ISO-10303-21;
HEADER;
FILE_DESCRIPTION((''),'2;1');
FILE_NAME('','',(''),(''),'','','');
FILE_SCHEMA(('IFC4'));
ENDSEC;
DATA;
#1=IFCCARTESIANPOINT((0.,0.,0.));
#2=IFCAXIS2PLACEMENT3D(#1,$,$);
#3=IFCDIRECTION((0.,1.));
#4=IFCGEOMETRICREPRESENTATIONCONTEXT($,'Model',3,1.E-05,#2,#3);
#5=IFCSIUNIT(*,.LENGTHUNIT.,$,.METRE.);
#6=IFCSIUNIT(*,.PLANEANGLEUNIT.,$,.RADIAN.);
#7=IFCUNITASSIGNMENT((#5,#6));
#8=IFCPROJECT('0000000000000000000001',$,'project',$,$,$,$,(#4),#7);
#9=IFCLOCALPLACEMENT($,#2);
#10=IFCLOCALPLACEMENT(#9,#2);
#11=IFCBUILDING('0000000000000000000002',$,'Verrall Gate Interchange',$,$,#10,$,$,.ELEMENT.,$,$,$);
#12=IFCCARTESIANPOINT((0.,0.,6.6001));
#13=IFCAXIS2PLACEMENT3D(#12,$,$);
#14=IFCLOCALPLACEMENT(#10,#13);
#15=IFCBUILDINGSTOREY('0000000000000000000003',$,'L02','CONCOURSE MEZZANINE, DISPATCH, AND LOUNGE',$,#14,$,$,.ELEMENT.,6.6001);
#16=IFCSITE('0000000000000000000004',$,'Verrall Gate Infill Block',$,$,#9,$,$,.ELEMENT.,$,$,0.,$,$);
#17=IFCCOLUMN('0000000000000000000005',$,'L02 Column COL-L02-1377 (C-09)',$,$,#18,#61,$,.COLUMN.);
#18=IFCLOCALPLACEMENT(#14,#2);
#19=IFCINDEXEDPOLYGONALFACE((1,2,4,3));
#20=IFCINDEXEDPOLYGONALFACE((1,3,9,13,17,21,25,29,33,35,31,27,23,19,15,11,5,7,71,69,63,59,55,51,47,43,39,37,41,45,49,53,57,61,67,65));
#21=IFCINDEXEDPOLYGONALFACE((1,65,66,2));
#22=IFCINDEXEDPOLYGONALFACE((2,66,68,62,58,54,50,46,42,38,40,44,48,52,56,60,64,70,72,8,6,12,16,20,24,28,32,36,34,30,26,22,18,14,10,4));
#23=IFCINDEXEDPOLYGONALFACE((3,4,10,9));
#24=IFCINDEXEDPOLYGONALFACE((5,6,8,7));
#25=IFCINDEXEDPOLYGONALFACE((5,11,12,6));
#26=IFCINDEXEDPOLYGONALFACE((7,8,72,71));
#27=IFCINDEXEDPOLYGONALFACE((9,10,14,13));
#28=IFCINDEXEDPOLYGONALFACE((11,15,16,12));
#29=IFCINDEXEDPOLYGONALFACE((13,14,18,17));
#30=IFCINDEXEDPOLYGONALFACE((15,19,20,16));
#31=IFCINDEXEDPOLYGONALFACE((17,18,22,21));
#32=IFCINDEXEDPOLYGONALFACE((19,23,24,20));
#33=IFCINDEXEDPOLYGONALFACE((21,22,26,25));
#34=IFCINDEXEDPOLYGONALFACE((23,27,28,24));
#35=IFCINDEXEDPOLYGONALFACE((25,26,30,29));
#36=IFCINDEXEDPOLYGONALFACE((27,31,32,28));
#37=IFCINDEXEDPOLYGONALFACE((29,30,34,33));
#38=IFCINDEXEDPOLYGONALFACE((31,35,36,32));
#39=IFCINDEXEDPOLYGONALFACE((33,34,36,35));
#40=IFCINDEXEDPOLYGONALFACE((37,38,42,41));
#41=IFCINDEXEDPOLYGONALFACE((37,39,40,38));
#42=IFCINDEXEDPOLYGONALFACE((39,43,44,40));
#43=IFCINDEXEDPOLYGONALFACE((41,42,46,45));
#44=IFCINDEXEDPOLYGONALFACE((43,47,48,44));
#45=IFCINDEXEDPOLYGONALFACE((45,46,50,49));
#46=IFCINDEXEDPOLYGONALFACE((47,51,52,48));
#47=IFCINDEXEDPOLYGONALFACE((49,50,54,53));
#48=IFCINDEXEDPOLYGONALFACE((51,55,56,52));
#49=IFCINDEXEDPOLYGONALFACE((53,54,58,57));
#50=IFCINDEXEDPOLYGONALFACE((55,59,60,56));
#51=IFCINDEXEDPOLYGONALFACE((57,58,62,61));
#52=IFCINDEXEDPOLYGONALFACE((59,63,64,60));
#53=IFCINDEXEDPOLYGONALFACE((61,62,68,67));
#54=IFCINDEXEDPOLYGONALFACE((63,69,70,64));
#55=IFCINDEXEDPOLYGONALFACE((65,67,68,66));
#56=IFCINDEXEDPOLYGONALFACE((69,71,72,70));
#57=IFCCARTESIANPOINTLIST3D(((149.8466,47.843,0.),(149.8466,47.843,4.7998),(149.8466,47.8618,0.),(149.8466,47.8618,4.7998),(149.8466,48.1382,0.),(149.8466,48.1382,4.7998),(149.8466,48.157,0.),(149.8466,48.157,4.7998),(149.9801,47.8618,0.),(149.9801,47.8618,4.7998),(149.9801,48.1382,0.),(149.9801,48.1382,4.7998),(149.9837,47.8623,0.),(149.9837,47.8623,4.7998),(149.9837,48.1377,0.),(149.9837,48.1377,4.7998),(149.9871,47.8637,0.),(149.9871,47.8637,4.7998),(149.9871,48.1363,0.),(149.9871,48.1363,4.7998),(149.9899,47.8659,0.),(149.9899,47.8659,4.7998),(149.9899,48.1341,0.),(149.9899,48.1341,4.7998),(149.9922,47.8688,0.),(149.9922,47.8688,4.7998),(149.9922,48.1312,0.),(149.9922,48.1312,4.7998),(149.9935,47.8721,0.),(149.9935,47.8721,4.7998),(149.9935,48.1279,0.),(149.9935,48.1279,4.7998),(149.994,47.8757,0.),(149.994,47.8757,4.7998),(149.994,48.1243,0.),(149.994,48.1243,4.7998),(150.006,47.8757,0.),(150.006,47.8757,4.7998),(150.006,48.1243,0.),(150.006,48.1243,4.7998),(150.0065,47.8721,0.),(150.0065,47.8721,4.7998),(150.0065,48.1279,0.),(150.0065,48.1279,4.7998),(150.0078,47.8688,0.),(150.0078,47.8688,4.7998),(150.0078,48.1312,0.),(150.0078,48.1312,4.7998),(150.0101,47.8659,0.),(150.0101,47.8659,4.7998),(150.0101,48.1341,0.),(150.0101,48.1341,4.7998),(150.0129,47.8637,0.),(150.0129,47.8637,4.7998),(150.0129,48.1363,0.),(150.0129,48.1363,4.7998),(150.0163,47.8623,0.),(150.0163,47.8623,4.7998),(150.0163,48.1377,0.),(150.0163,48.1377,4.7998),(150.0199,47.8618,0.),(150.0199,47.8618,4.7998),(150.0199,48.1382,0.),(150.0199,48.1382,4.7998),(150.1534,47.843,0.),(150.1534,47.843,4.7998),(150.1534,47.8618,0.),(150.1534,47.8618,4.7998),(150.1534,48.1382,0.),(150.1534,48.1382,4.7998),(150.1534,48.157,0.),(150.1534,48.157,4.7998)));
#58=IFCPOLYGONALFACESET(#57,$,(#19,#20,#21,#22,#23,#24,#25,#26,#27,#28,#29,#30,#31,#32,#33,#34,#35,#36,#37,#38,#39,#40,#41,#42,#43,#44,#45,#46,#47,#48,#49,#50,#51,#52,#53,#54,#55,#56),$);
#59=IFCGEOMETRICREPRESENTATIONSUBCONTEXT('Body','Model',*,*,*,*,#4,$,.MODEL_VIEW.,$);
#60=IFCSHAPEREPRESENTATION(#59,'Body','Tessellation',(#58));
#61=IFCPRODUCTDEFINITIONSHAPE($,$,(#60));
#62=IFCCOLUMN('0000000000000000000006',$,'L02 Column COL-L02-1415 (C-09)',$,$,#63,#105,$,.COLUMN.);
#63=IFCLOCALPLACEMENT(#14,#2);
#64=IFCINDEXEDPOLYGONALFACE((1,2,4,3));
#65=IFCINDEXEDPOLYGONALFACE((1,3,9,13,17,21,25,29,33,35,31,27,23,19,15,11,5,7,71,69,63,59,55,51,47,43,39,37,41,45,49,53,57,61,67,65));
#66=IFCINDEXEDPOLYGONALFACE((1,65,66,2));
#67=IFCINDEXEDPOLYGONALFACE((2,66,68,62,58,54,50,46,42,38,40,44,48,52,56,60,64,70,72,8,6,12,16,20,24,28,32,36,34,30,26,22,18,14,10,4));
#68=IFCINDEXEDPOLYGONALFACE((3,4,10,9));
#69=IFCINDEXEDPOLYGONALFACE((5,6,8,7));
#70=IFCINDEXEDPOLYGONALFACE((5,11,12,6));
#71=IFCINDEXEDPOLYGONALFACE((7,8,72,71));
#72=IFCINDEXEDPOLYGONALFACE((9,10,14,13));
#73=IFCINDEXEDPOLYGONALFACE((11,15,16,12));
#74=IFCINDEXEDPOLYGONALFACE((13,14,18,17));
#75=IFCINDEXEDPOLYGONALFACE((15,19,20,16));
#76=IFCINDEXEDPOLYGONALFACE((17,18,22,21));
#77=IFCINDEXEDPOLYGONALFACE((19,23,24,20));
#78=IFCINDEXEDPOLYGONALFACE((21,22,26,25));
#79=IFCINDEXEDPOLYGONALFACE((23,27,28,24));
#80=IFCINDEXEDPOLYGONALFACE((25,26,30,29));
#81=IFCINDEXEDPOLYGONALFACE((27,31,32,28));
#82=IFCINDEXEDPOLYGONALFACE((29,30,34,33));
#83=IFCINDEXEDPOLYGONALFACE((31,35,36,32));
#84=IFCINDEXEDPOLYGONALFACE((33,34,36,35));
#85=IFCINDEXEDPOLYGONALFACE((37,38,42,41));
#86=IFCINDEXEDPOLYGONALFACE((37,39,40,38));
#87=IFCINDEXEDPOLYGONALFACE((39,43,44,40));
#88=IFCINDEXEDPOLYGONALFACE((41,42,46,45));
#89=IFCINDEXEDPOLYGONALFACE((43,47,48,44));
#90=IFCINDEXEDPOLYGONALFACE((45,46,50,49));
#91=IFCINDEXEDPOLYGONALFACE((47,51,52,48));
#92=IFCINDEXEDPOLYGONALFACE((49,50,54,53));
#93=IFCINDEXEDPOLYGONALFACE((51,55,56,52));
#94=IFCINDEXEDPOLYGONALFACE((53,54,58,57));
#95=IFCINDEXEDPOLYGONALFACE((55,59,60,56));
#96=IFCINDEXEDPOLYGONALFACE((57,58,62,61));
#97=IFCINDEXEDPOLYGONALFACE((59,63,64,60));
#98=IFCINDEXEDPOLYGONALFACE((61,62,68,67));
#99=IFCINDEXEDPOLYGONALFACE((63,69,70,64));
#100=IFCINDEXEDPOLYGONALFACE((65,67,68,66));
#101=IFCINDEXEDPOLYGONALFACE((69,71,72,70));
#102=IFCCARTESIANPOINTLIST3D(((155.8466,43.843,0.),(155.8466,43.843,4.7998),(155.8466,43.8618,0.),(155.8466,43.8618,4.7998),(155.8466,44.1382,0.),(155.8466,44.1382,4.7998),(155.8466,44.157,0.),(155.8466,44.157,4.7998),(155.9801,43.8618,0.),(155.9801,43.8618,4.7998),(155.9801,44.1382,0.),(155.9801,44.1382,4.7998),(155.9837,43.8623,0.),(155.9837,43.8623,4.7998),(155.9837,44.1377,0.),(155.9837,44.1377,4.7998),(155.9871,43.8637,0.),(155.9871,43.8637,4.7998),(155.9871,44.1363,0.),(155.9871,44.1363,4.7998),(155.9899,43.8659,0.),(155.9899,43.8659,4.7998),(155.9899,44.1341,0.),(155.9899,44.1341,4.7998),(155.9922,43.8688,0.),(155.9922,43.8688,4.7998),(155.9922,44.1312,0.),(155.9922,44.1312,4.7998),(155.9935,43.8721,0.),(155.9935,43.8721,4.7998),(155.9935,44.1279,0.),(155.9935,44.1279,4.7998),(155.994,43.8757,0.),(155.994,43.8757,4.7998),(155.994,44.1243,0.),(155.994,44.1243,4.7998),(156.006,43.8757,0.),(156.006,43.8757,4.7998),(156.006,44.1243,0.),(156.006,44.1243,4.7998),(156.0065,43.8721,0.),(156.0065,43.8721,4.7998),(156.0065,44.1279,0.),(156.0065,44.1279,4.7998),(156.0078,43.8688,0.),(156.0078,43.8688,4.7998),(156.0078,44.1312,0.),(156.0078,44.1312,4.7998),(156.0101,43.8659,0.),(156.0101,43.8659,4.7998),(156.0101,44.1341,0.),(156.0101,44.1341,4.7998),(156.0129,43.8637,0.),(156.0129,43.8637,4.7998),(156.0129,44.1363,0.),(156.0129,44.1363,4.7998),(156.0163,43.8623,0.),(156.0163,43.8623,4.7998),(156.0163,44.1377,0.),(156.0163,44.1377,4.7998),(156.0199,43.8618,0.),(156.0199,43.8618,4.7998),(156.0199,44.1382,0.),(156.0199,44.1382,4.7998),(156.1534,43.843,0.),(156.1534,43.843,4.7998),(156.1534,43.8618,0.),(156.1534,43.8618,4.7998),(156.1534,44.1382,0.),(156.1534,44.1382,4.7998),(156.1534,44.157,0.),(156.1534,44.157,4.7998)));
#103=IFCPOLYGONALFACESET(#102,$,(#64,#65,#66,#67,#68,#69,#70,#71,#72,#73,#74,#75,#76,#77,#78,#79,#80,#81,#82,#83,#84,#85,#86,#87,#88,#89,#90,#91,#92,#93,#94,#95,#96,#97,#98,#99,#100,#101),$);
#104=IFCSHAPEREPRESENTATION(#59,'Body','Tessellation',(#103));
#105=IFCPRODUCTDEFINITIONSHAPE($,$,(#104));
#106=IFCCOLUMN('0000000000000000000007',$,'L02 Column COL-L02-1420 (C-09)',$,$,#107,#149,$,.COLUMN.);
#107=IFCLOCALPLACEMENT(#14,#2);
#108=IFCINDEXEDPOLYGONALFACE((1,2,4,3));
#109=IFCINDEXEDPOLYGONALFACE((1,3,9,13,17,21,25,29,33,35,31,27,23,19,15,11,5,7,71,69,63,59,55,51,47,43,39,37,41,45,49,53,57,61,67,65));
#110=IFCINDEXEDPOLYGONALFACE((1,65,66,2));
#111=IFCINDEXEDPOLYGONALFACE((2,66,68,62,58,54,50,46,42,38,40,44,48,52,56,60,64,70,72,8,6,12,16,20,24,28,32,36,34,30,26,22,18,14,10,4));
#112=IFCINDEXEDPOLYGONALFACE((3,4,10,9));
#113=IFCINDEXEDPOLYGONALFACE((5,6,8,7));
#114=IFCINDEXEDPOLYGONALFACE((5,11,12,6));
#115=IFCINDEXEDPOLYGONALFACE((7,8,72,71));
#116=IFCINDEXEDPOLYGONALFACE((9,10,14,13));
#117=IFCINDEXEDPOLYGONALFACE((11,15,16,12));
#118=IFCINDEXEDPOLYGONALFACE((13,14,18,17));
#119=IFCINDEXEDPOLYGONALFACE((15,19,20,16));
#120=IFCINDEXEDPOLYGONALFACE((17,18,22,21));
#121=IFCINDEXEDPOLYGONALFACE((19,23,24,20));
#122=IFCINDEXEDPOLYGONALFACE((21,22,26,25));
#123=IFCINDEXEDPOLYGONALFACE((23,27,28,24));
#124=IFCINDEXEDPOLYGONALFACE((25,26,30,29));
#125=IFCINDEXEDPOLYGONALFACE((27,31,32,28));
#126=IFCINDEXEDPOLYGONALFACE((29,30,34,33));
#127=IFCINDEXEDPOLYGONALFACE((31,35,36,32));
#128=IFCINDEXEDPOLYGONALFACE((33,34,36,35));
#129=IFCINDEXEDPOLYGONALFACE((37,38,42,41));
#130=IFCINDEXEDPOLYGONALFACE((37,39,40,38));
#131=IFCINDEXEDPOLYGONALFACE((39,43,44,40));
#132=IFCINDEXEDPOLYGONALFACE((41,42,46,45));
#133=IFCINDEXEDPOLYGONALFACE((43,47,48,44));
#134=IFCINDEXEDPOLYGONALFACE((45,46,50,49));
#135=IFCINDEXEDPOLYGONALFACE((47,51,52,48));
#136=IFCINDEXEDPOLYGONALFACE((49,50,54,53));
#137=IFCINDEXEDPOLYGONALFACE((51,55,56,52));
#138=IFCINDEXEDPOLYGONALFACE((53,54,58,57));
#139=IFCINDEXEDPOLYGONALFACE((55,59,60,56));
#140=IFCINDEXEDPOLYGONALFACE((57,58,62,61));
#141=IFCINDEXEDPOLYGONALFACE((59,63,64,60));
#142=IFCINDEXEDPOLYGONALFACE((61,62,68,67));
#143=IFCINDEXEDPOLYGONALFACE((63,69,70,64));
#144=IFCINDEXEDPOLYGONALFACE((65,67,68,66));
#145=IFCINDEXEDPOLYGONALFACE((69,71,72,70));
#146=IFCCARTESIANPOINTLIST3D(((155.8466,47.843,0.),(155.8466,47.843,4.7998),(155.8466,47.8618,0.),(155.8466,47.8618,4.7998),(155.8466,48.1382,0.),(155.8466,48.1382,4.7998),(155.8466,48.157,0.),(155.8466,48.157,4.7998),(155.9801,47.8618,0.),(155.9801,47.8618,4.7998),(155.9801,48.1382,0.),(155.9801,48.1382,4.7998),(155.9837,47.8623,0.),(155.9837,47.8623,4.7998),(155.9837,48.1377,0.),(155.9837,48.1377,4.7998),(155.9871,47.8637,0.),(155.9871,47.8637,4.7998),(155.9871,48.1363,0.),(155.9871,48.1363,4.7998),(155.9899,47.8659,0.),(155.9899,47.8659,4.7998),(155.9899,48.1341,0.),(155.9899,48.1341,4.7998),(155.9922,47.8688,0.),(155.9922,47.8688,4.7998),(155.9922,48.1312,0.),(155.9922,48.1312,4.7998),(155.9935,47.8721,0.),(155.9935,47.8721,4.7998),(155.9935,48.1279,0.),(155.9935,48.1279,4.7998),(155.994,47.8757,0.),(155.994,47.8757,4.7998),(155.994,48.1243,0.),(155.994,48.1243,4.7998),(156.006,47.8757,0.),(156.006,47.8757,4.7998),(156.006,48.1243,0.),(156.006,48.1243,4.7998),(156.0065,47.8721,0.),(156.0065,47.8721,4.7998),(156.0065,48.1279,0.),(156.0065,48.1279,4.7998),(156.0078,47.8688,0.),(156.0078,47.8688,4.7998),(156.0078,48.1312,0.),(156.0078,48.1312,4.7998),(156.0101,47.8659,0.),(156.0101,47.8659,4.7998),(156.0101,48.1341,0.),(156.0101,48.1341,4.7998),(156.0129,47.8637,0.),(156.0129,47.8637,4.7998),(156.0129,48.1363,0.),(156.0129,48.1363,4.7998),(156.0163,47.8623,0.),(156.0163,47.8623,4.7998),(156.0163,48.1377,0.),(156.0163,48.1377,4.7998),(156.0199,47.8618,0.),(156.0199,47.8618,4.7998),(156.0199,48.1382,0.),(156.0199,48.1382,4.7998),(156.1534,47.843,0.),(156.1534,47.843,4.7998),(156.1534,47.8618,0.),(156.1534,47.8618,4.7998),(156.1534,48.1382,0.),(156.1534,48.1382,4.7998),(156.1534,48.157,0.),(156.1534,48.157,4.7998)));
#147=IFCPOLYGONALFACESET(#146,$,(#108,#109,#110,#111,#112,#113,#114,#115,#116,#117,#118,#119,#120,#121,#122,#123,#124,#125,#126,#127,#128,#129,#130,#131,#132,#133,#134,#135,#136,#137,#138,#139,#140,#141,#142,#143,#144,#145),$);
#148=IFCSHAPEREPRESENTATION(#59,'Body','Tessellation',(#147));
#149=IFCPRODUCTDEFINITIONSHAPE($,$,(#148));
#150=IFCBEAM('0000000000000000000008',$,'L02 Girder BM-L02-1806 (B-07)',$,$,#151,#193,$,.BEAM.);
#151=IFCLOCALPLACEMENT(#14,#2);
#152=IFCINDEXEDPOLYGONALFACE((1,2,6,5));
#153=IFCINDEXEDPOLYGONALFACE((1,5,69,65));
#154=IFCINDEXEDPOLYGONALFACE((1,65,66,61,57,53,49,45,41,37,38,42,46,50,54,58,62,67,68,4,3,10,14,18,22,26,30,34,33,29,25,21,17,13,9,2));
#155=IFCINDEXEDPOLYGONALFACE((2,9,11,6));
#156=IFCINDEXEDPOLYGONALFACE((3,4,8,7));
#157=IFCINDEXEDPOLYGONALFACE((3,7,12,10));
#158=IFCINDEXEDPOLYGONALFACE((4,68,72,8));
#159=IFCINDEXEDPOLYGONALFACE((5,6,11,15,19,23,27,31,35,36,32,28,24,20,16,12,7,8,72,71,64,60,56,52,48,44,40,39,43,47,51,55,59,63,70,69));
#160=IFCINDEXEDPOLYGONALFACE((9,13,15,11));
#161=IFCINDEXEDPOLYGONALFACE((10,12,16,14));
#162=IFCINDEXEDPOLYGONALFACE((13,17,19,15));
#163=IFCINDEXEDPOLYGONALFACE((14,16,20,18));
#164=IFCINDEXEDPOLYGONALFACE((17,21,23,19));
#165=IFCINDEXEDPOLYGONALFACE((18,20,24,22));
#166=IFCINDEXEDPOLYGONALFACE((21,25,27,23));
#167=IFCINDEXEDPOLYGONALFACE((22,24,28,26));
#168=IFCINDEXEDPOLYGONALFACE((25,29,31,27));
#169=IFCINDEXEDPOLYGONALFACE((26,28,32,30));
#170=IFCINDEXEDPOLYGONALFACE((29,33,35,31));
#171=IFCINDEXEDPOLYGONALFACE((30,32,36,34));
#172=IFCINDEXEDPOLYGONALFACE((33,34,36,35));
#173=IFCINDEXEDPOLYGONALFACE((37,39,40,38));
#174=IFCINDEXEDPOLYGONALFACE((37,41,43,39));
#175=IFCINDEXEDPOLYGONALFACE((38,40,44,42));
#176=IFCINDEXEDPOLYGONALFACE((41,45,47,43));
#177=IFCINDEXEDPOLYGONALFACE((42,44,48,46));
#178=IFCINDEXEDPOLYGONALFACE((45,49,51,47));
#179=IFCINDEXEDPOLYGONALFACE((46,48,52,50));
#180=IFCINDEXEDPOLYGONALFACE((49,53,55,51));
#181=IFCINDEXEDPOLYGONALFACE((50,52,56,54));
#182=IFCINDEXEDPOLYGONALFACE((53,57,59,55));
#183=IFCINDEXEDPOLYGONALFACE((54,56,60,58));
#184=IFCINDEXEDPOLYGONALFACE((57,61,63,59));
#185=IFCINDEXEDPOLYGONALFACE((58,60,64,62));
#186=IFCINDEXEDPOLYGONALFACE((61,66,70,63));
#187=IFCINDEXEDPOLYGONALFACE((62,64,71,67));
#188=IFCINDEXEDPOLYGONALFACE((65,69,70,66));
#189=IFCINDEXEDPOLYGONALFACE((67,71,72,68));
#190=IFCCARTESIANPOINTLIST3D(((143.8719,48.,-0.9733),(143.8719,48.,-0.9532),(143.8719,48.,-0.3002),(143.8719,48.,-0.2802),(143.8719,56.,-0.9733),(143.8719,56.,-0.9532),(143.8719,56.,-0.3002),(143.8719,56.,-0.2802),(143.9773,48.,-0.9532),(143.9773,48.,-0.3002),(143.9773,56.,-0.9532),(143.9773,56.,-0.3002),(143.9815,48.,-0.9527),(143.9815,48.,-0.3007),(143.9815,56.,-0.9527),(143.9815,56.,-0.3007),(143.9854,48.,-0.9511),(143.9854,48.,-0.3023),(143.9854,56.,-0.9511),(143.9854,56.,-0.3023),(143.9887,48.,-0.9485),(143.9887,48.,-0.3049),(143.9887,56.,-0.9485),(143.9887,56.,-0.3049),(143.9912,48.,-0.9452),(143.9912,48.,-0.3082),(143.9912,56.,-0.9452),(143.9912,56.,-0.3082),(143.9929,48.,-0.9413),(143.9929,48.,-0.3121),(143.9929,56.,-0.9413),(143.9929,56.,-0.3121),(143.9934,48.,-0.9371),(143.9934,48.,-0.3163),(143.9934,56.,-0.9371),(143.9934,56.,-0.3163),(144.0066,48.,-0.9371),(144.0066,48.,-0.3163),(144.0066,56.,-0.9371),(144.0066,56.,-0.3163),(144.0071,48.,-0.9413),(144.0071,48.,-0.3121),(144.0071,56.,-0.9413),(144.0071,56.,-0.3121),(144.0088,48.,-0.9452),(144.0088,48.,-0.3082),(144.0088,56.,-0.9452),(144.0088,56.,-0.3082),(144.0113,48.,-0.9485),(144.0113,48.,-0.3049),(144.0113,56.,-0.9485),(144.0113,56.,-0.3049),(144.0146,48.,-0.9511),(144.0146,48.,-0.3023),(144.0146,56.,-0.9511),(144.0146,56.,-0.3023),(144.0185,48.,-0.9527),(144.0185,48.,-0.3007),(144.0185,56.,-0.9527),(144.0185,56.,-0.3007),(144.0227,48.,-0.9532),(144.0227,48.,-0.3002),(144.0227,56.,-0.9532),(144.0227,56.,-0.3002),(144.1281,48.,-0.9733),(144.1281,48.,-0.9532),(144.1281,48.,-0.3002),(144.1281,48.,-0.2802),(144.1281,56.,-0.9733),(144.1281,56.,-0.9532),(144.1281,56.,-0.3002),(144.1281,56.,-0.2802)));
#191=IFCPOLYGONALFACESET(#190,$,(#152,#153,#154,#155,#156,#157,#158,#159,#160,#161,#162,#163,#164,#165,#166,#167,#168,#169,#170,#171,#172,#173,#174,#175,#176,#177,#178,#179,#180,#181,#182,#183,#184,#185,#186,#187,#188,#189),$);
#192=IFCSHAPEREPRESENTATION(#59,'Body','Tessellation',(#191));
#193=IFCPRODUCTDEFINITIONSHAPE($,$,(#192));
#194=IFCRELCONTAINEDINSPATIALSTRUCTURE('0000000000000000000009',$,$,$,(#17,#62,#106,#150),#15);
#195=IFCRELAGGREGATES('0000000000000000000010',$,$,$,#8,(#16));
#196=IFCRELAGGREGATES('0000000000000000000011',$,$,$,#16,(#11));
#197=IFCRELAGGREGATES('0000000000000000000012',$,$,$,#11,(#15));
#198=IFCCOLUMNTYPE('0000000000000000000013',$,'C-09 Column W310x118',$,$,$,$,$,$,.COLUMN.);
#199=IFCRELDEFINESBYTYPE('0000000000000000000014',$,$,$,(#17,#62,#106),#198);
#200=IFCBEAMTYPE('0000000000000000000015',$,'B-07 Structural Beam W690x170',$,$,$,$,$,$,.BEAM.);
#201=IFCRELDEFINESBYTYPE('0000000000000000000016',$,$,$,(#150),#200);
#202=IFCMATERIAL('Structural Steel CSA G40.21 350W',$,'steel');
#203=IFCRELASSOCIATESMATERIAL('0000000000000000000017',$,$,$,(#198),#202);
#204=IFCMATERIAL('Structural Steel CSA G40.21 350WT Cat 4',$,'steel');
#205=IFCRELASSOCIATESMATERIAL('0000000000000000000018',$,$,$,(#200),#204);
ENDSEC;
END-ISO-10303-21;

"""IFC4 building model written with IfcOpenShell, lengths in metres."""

from ifc_helpers import new_model, si_unit, direction, frame, origin, origin_2d, place, context, subcontext, project, spatial, i_section, extrude, material, material_profile, profile_set, type_object, element, save


model = new_model("IFC4")

# Units and contexts
model_context = context("Model", 3, precision=1e-05, world=origin(), true_north=direction((0.0, 1.0)))
body_context = subcontext(model_context, "Body", "Model", "MODEL_VIEW")
ifc_project = project(units=[si_unit("LENGTHUNIT", "METRE"), si_unit("PLANEANGLEUNIT", "RADIAN")], contexts=[model_context])

# Site, building, storey
site_placement = place(None, origin())
site = spatial("IfcSite", under=ifc_project, at=site_placement, Name="Verrall Gate Infill Block", CompositionType="ELEMENT", RefElevation=0.0)
building_placement = place(site_placement, origin())
building = spatial("IfcBuilding", under=site, at=building_placement, Name="Verrall Gate Interchange", CompositionType="ELEMENT")
storey_placement = place(building_placement, frame((0.0, 0.0, 6.6001)))
storey = spatial("IfcBuildingStorey", under=building, at=storey_placement, Name="L02", Description="CONCOURSE MEZZANINE, DISPATCH, AND LOUNGE", CompositionType="ELEMENT", Elevation=6.6001)

# Columns
ifc_material_1 = material(Name="Structural Steel CSA G40.21 350W", Category="steel")
ifc_material_profile_1 = material_profile(ifc_material_1, i_section(OverallWidth=0.3069, OverallDepth=0.314, WebThickness=0.012, FlangeThickness=0.0188, FilletRadius=0.0139, at=origin_2d()), Name="W310x118")
ifc_profile_set_1 = profile_set([ifc_material_profile_1], Name="Structural Steel CSA G40.21 350W")
column_type = type_object("IfcColumnType", Name="C-09 Column W310x118", PredefinedType="COLUMN", material=ifc_profile_set_1)
for number, where, z_axis, x_axis, name in (
    (1, (150.0, 48.0, 0.0), (0.0, 0.0, 1.0), (1.0, 0.0, 0.0), "L02 Column COL-L02-1377 (C-09)"),
    (2, (156.0, 44.0, 0.0), (0.0, 0.0, 1.0), (1.0, 0.0, 0.0), "L02 Column COL-L02-1415 (C-09)"),
    (3, (156.0, 48.0, 0.0), (0.0, 0.0, 1.0), (1.0, 0.0, 0.0), "L02 Column COL-L02-1420 (C-09)"),
):
    element("IfcColumn", number, at=place(storey_placement, frame(where, z_axis=z_axis, x_axis=x_axis)), inside=storey, type_object=column_type, Name=name, PredefinedType="COLUMN", context=body_context, shape_type="SweptSolid", body=[
        extrude(i_section(OverallWidth=0.3069, OverallDepth=0.314, WebThickness=0.012, FlangeThickness=0.0188, FilletRadius=0.0139, at=origin_2d()), origin(), (0.0, 0.0, 1.0), 4.7998),
    ])

# Beam
ifc_material_2 = material(Name="Structural Steel CSA G40.21 350WT Cat 4", Category="steel")
ifc_material_profile_2 = material_profile(ifc_material_2, i_section(OverallWidth=0.2561, OverallDepth=0.6931, WebThickness=0.0132, FlangeThickness=0.02, FilletRadius=0.0161, at=origin_2d()), Name="W690x170")
ifc_profile_set_2 = profile_set([ifc_material_profile_2], Name="Structural Steel CSA G40.21 350WT Cat 4")
beam_type_1 = type_object("IfcBeamType", Name="B-07 Structural Beam W690x170", PredefinedType="BEAM", material=ifc_profile_set_2)
for number, where, z_axis, x_axis, name in (
    (4, (144.0, 48.0, -0.6267), (0.0, 1.0, 0.0), (-1.0, 0.0, 0.0), "L02 Girder BM-L02-1806 (B-07)"),
):
    element("IfcBeam", number, at=place(storey_placement, frame(where, z_axis=z_axis, x_axis=x_axis)), inside=storey, type_object=beam_type_1, Name=name, PredefinedType="BEAM", context=body_context, shape_type="SweptSolid", body=[
        extrude(i_section(OverallWidth=0.2561, OverallDepth=0.6931, WebThickness=0.0132, FlangeThickness=0.02, FilletRadius=0.0161, at=origin_2d()), origin(), (0.0, 0.0, 1.0), 8.0),
    ])

save(model, "model.ifc")
